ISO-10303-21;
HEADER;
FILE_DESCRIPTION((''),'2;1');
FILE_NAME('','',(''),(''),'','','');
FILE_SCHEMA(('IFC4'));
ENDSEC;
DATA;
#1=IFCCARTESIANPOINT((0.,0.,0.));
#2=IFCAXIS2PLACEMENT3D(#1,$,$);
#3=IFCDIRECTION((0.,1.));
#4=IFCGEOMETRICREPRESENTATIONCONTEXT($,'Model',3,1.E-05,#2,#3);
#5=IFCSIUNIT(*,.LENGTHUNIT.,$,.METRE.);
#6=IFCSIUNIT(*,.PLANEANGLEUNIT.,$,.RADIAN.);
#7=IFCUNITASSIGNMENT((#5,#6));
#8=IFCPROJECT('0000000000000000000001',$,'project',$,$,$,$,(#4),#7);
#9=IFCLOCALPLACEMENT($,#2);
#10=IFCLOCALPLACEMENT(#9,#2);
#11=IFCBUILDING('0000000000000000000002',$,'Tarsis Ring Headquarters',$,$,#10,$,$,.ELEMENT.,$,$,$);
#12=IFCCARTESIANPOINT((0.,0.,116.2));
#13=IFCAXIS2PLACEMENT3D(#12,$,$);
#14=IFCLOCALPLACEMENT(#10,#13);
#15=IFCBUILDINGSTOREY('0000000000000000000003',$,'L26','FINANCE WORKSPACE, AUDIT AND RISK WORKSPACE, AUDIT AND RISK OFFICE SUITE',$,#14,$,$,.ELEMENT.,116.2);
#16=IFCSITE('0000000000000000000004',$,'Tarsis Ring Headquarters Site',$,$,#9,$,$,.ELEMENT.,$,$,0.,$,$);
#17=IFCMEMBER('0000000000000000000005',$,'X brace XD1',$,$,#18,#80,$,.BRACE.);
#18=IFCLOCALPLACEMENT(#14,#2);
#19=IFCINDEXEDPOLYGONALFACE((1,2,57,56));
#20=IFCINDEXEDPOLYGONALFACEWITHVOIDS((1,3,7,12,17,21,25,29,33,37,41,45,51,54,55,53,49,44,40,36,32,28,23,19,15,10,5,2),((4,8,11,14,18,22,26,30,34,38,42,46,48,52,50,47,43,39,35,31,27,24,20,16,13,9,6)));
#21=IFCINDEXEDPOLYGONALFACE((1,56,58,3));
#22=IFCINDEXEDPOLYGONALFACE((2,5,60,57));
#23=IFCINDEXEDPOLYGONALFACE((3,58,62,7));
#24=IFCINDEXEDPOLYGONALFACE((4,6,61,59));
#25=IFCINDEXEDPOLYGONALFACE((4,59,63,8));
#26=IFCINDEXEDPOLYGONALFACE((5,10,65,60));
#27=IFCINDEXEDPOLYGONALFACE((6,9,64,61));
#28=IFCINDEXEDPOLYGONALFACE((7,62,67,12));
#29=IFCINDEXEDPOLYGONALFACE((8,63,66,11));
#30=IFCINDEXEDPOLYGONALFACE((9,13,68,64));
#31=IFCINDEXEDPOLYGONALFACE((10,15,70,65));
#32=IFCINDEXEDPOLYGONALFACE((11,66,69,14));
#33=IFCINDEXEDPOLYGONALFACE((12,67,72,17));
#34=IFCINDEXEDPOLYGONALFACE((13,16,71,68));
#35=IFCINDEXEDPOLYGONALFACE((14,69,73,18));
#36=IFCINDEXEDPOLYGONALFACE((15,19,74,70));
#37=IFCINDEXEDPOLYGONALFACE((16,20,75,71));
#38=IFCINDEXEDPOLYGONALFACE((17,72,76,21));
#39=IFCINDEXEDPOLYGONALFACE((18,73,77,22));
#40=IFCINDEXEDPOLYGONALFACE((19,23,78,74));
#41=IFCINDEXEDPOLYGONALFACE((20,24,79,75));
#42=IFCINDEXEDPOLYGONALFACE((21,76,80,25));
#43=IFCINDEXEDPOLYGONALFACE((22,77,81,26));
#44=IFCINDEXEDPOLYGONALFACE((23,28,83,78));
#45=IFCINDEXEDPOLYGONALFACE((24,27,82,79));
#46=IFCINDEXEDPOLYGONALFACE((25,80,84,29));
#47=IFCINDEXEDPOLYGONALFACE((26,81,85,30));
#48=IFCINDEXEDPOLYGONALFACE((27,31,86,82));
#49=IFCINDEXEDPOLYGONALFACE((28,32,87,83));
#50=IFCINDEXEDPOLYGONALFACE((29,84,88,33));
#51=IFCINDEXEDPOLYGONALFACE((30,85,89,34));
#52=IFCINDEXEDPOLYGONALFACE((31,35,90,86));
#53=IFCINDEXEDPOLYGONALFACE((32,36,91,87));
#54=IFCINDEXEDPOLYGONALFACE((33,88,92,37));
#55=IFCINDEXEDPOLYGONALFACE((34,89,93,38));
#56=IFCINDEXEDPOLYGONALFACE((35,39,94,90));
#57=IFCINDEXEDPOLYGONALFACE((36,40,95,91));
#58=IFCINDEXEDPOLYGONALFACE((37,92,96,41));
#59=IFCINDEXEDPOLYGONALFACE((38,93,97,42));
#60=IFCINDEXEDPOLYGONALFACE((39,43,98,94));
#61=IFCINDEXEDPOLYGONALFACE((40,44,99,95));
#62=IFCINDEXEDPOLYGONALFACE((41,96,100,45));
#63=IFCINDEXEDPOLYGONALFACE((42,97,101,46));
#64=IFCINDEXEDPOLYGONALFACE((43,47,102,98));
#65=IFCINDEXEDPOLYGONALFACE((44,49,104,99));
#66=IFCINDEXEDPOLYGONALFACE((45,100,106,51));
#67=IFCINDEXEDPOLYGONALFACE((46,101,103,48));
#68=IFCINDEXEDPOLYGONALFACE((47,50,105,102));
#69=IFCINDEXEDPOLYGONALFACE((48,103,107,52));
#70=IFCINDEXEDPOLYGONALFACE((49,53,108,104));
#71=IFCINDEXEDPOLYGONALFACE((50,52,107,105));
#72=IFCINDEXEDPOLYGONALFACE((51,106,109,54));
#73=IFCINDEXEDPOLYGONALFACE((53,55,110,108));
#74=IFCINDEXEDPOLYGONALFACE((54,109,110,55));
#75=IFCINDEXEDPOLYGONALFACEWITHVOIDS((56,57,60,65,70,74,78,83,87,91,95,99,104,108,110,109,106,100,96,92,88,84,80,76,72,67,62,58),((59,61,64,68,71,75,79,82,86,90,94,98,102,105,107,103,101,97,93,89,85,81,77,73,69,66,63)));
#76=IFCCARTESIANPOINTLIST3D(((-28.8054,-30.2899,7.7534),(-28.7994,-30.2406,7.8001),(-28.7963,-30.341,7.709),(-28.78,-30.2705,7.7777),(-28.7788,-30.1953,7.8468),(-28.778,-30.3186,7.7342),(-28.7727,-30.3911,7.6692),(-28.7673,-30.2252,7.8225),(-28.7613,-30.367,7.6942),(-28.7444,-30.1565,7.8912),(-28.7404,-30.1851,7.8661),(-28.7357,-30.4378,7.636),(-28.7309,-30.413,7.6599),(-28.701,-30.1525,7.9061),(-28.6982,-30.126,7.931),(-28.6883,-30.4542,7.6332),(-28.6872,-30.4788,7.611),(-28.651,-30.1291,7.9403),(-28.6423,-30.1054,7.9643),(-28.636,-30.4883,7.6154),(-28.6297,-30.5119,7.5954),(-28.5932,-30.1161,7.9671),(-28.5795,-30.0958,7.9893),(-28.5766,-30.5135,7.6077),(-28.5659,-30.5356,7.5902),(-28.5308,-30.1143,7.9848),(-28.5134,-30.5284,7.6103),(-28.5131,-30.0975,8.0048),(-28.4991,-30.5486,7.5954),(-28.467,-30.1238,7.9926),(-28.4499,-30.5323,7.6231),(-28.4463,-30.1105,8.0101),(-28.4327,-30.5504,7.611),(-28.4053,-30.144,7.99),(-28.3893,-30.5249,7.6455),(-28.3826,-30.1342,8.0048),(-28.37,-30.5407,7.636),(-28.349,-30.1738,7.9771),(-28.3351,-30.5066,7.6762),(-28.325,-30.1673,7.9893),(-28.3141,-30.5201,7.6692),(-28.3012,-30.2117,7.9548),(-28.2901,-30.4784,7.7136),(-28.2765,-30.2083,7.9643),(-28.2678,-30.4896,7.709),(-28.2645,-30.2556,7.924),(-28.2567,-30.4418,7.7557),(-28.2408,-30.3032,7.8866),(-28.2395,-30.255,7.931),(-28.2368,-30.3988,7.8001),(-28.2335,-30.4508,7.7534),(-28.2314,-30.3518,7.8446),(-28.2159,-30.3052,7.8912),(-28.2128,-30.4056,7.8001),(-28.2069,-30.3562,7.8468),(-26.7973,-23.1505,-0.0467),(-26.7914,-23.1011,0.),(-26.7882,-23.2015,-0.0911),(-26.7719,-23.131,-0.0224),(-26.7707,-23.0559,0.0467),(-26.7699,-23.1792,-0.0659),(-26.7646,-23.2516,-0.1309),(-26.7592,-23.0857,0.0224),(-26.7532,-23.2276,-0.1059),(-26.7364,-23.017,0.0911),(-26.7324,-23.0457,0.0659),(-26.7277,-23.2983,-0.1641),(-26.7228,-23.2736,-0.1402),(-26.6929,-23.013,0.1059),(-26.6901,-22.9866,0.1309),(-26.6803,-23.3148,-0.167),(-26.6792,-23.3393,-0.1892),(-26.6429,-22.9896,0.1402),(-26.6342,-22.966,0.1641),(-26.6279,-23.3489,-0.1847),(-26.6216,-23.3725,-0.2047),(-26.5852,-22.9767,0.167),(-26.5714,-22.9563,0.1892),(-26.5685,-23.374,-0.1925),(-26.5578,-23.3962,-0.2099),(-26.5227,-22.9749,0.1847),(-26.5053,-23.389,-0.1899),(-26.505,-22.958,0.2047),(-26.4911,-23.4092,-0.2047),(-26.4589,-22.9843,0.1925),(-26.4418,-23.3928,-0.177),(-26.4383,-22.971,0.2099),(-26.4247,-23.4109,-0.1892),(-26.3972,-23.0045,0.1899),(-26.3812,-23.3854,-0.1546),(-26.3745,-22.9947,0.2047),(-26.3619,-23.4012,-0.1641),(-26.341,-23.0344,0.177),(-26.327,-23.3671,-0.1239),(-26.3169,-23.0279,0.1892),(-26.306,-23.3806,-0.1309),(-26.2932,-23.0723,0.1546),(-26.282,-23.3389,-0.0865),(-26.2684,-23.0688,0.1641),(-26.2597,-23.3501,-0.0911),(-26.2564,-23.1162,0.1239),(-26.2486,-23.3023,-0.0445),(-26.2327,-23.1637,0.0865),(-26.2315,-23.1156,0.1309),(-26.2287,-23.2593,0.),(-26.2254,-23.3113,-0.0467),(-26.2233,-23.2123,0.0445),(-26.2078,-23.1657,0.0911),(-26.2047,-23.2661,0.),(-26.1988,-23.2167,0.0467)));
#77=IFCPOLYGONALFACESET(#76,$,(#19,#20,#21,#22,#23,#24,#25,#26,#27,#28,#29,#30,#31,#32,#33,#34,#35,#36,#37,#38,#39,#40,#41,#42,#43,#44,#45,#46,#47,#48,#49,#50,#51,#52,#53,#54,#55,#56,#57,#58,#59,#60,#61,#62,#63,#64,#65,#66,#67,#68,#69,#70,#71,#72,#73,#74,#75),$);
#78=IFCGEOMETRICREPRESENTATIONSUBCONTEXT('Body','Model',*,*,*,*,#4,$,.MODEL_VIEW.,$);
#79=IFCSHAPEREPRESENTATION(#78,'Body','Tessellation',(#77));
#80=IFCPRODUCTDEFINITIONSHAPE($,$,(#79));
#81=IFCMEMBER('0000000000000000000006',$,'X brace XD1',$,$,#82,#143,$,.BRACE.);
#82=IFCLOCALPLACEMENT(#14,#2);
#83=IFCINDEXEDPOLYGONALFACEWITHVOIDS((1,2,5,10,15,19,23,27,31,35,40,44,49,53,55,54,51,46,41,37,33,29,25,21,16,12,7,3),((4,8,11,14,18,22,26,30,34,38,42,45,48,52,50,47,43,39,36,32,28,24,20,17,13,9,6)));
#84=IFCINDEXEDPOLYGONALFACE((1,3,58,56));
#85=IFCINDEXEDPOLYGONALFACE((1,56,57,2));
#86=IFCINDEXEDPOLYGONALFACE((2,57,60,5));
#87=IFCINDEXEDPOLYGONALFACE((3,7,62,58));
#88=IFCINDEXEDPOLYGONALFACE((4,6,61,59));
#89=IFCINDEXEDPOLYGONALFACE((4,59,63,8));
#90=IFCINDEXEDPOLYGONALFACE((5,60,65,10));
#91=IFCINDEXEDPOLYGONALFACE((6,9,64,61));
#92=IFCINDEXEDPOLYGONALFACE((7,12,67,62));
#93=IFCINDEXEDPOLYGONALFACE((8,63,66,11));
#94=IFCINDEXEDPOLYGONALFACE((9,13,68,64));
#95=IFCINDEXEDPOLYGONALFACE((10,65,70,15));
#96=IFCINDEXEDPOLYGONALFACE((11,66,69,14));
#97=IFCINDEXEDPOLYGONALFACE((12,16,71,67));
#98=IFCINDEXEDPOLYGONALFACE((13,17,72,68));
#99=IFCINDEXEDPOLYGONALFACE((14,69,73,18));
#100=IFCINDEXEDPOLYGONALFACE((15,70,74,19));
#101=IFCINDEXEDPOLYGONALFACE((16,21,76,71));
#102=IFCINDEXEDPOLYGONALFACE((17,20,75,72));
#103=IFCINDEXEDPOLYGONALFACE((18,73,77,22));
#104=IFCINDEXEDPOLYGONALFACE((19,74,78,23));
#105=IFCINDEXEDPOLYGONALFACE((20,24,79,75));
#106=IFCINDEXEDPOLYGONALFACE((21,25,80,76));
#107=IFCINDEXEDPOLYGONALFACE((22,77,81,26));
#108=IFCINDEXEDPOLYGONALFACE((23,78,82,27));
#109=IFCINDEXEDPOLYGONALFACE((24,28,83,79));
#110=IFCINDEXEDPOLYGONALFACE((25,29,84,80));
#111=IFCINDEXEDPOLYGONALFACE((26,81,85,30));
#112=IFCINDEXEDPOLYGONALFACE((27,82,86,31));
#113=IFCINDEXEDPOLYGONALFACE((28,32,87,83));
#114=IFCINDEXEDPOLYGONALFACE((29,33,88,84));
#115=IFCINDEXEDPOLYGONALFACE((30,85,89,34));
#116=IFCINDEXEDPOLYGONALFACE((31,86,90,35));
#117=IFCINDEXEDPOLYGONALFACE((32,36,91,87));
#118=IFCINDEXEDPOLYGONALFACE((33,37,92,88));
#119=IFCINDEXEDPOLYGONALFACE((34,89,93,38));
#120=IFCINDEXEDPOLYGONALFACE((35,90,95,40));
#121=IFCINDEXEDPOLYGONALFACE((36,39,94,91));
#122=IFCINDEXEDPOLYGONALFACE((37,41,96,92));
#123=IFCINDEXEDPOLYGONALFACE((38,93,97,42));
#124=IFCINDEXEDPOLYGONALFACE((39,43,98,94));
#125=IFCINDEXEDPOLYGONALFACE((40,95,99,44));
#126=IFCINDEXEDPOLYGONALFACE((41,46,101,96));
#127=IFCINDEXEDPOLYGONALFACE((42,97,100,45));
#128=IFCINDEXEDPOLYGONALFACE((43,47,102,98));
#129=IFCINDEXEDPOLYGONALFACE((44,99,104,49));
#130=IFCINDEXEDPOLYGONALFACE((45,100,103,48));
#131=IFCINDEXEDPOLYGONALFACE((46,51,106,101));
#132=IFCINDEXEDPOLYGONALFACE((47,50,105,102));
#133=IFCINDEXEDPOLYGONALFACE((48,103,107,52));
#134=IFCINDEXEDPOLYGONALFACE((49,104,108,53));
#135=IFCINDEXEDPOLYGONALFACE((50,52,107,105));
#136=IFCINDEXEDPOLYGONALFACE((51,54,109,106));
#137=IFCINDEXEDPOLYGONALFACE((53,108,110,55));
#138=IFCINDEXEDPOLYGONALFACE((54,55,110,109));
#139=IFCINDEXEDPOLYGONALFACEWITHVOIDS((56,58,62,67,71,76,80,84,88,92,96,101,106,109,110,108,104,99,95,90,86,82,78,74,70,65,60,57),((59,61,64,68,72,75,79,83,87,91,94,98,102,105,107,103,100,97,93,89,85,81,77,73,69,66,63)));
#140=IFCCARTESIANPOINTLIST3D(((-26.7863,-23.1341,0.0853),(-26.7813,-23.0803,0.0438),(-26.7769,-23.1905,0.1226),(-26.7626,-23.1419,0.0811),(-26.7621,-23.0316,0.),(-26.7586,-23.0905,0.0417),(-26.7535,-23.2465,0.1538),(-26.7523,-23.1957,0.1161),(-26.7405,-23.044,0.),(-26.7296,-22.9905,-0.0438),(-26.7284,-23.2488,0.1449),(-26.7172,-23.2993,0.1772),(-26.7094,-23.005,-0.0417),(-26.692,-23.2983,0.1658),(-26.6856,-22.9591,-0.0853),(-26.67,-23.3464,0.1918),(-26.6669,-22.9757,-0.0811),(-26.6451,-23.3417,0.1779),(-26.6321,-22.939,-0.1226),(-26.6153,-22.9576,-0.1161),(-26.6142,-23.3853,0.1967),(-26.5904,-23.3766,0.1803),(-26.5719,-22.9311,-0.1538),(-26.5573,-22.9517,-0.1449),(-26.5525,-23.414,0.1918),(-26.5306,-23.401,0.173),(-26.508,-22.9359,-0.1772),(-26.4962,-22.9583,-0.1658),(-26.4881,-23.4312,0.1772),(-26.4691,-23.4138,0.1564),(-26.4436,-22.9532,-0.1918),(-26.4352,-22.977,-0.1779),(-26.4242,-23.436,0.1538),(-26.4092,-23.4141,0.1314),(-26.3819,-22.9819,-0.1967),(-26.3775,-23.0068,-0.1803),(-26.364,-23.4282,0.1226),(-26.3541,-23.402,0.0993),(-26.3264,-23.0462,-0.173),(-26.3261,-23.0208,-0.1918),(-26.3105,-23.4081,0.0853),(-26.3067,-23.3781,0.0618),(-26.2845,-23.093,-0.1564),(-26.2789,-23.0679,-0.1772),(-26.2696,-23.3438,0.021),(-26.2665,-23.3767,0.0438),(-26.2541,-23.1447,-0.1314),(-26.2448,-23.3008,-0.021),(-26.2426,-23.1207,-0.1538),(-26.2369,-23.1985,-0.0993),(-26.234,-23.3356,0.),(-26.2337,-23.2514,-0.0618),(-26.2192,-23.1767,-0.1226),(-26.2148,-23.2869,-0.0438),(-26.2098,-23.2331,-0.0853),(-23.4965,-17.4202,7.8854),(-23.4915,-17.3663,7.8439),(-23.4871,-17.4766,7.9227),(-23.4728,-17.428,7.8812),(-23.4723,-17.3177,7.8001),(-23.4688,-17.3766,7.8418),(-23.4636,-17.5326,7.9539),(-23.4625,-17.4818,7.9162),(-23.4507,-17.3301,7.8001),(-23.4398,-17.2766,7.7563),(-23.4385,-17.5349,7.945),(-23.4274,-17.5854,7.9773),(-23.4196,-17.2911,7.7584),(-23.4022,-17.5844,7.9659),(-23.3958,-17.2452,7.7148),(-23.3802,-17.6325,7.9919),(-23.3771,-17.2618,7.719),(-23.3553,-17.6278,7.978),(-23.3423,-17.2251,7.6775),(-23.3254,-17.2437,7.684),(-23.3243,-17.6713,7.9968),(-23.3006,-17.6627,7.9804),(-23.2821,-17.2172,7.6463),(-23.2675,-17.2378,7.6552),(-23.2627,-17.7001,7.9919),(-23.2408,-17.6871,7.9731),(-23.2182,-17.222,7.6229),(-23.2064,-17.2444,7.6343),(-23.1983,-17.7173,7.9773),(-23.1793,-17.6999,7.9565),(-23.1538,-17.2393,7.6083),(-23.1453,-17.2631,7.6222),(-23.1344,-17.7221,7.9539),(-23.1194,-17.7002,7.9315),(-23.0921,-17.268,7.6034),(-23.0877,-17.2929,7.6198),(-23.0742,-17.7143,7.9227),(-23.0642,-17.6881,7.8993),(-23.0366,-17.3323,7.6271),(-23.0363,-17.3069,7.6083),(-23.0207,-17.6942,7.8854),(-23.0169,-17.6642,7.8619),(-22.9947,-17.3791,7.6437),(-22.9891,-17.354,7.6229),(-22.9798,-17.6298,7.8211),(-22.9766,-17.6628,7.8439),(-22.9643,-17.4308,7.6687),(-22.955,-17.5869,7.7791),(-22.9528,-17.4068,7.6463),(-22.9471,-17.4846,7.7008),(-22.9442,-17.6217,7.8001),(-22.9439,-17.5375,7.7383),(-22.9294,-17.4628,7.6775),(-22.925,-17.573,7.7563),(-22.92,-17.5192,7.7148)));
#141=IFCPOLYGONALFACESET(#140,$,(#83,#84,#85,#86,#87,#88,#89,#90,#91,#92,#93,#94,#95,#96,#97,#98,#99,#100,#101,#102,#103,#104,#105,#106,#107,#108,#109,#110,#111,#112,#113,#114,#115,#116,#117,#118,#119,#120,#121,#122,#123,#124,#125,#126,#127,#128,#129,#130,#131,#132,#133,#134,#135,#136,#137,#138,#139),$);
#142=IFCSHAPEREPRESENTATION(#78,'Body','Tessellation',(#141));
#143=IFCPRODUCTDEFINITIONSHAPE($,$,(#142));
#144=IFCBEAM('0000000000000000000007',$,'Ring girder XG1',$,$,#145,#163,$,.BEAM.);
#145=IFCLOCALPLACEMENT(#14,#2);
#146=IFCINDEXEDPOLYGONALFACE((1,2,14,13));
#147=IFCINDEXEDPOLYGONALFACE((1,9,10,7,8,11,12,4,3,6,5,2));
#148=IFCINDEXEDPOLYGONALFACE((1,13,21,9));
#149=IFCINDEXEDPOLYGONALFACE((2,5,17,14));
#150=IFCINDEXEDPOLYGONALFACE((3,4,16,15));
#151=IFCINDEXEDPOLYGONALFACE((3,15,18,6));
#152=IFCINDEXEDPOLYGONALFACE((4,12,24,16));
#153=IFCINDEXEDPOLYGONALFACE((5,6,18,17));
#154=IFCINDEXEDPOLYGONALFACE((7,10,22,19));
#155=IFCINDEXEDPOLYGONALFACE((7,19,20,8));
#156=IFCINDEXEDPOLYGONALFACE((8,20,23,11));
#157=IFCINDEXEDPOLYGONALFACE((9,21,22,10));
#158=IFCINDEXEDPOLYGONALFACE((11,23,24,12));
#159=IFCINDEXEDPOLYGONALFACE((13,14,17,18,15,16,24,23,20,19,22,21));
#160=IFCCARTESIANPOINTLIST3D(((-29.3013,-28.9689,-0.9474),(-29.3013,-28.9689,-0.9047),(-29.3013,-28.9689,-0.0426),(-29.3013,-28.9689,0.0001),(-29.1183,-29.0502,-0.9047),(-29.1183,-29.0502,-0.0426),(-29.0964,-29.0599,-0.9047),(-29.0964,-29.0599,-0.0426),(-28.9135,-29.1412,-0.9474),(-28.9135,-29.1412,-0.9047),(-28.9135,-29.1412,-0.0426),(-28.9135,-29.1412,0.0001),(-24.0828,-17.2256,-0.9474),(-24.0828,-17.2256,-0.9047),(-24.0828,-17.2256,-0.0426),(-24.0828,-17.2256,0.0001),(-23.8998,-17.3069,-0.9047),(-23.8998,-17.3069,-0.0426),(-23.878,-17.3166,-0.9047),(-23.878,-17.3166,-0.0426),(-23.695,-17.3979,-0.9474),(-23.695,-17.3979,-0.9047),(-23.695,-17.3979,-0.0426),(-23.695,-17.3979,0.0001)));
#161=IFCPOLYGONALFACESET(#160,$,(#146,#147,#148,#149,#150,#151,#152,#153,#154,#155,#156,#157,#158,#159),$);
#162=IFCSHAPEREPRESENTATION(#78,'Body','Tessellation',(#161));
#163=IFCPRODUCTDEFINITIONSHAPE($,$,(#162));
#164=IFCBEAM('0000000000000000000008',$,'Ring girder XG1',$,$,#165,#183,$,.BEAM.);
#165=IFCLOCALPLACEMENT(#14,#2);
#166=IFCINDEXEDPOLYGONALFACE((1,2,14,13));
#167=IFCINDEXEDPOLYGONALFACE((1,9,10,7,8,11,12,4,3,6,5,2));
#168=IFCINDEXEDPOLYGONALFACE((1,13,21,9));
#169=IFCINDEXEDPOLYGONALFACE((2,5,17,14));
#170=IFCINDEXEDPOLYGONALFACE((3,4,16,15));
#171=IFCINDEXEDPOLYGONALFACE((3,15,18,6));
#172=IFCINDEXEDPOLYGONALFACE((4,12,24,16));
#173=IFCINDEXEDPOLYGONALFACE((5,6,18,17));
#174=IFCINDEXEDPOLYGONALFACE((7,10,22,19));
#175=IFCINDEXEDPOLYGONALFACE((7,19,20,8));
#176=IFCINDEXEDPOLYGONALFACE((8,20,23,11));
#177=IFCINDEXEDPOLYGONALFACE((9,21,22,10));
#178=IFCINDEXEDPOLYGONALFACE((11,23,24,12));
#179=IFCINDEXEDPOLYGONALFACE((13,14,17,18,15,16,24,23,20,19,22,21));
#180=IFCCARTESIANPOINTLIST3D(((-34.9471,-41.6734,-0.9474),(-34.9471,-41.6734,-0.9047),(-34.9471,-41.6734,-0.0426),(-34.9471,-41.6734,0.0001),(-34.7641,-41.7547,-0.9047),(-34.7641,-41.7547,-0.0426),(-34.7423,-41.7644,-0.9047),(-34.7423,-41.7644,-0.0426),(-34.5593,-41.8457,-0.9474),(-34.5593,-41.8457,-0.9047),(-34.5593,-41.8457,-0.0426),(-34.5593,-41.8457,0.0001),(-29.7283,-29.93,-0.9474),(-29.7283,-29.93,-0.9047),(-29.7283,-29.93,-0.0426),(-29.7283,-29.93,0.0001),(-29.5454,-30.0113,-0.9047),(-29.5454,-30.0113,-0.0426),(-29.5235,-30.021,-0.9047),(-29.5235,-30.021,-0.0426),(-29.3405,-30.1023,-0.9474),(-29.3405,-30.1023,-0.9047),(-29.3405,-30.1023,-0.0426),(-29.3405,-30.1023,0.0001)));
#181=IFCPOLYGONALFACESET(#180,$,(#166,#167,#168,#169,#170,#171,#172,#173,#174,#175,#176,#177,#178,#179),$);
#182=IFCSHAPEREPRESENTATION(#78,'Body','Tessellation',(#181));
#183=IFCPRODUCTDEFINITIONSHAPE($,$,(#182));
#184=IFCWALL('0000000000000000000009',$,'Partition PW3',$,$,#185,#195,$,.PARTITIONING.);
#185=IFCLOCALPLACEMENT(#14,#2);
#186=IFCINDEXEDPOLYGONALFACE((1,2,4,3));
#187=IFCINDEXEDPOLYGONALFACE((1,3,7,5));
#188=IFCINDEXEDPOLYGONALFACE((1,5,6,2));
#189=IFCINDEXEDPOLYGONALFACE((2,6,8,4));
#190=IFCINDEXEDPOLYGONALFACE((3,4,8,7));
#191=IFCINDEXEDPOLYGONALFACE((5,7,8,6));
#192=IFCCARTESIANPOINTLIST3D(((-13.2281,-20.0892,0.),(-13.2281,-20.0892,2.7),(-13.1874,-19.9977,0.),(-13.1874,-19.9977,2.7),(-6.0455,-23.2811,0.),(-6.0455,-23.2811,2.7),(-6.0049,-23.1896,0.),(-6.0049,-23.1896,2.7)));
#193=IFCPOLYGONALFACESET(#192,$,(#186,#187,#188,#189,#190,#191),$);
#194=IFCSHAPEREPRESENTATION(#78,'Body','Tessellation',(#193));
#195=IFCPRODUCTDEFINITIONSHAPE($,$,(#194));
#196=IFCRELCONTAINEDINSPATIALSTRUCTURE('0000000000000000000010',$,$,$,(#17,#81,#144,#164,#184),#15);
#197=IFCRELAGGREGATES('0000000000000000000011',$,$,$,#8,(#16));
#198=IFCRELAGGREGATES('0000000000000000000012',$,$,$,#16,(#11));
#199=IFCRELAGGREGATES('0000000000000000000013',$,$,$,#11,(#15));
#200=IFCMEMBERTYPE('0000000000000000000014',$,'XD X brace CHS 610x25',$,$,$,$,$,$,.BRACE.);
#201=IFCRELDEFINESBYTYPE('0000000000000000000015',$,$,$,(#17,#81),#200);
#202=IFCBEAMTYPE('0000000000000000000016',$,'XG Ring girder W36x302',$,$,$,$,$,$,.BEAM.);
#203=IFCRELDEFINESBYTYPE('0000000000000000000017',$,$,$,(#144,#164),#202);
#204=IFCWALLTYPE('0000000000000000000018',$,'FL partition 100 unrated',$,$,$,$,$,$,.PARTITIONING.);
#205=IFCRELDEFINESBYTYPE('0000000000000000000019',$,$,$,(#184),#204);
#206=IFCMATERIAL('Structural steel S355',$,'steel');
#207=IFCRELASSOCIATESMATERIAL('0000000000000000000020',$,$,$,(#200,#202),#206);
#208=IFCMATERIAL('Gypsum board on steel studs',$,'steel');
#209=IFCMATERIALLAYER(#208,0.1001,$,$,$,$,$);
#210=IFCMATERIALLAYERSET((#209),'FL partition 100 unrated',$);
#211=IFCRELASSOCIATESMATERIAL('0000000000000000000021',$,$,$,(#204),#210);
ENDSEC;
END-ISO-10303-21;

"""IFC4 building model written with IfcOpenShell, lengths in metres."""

from ifc_helpers import new_model, si_unit, direction, frame, frame_2d, origin, origin_2d, place, context, subcontext, project, spatial, rectangle, hollow_circle, i_section, extrude, material, layer, layer_set, material_profile, profile_set, type_object, element, save


model = new_model("IFC4")

# Units and contexts
model_context = context("Model", 3, precision=1e-05, world=origin(), true_north=direction((0.0, 1.0)))
body_context = subcontext(model_context, "Body", "Model", "MODEL_VIEW")
ifc_project = project(units=[si_unit("LENGTHUNIT", "METRE"), si_unit("PLANEANGLEUNIT", "RADIAN")], contexts=[model_context])

# Site, building, storey
site_placement = place(None, origin())
site = spatial("IfcSite", under=ifc_project, at=site_placement, Name="Tarsis Ring Headquarters Site", CompositionType="ELEMENT", RefElevation=0.0)
building_placement = place(site_placement, origin())
building = spatial("IfcBuilding", under=site, at=building_placement, Name="Tarsis Ring Headquarters", CompositionType="ELEMENT")
storey_placement = place(building_placement, frame((0.0, 0.0, 116.2)))
storey = spatial("IfcBuildingStorey", under=building, at=storey_placement, Name="L26", Description="FINANCE WORKSPACE, AUDIT AND RISK WORKSPACE, AUDIT AND RISK OFFICE SUITE", CompositionType="ELEMENT", Elevation=116.2)

# Shared definitions
ifc_material_1 = material(Name="Structural steel S355", Category="steel")

# Members
ifc_material_profile_1 = material_profile(ifc_material_1, hollow_circle(Radius=0.3047, WallThickness=0.0249, at=origin_2d()), Name="CHS 610x25")
ifc_profile_set_1 = profile_set([ifc_material_profile_1], Name="Structural steel S355")
member_type = type_object("IfcMemberType", Name="XD X brace CHS 610x25", PredefinedType="BRACE", material=ifc_profile_set_1)
member_1_placement = place(storey_placement, frame((-26.498, -23.1836, 0.0), z_axis=(-0.186569, -0.663323, 0.724703), x_axis=(0.962647, -0.270758, 0.0)))
element("IfcMember", 1, at=member_1_placement, inside=storey, type_object=member_type, Name="X brace XD1", PredefinedType="BRACE", context=body_context, shape_type="SweptSolid", body=[
    extrude(hollow_circle(Radius=0.3047, WallThickness=0.0249, at=origin_2d()), origin(), (0.0, 0.0, 1.0), 10.7632),
])
member_2_placement = place(storey_placement, frame((-26.498, -23.1836, 0.0), z_axis=(0.322108, 0.559453, 0.763714), x_axis=(-0.866623, 0.498964, 0.0)))
element("IfcMember", 2, at=member_2_placement, inside=storey, type_object=member_type, Name="X brace XD1", PredefinedType="BRACE", context=body_context, shape_type="SweptSolid", body=[
    extrude(hollow_circle(Radius=0.3047, WallThickness=0.0249, at=origin_2d()), origin(), (0.0, 0.0, 1.0), 10.2134),
])

# Beams
ifc_material_profile_2 = material_profile(ifc_material_1, i_section(OverallWidth=0.4243, OverallDepth=0.9475, WebThickness=0.0239, FlangeThickness=0.0427, at=origin_2d()), Name="W36x302")
ifc_profile_set_2 = profile_set([ifc_material_profile_2], Name="Structural steel S355")
beam_type_1 = type_object("IfcBeamType", Name="XG Ring girder W36x302", PredefinedType="BEAM", material=ifc_profile_set_2)
beam_1_placement = place(storey_placement, frame((-23.8889, -17.3118, -0.4736), z_axis=(-0.406087, -0.913834, 0.0), x_axis=(0.913834, -0.406087, 0.0)))
element("IfcBeam", 3, at=beam_1_placement, inside=storey, type_object=beam_type_1, Name="Ring girder XG1", PredefinedType="BEAM", context=body_context, shape_type="SweptSolid", body=[
    extrude(i_section(OverallWidth=0.4243, OverallDepth=0.9475, WebThickness=0.0239, FlangeThickness=0.0427, at=origin_2d()), origin(), (0.0, 0.0, 1.0), 12.8506),
])
beam_2_placement = place(storey_placement, frame((-29.5344, -30.0161, -0.4736), z_axis=(-0.406103, -0.913827, 0.0), x_axis=(0.913827, -0.406103, 0.0)))
element("IfcBeam", 4, at=beam_2_placement, inside=storey, type_object=beam_type_1, Name="Ring girder XG1", PredefinedType="BEAM", context=body_context, shape_type="SweptSolid", body=[
    extrude(i_section(OverallWidth=0.4243, OverallDepth=0.9475, WebThickness=0.0239, FlangeThickness=0.0427, at=origin_2d()), origin(), (0.0, 0.0, 1.0), 12.8508),
])

# Wall
ifc_material_2 = material(Name="Gypsum board on steel studs", Category="steel")
ifc_layer_1 = layer(ifc_material_2, 0.1001)
ifc_layer_set_1 = layer_set([ifc_layer_1], Name="FL partition 100 unrated")
wall_type_1 = type_object("IfcWallType", Name="FL partition 100 unrated", PredefinedType="PARTITIONING", material=ifc_layer_set_1)
for number, where, z_axis, x_axis, name in (
    (5, (-13.2078, -20.0435, 0.0), (0.0, 0.0, 1.0), (0.913829, -0.406098, 0.0), "Partition PW3"),
):
    element("IfcWall", number, at=place(storey_placement, frame(where, z_axis=z_axis, x_axis=x_axis)), inside=storey, type_object=wall_type_1, Name=name, PredefinedType="PARTITIONING", context=body_context, shape_type="SweptSolid", body=[
        extrude(rectangle(XDim=7.8599, YDim=0.1001, at=frame_2d((3.9299, 0.0))), origin(), (0.0, 0.0, 1.0), 2.7),
    ])

save(model, "model.ifc")
